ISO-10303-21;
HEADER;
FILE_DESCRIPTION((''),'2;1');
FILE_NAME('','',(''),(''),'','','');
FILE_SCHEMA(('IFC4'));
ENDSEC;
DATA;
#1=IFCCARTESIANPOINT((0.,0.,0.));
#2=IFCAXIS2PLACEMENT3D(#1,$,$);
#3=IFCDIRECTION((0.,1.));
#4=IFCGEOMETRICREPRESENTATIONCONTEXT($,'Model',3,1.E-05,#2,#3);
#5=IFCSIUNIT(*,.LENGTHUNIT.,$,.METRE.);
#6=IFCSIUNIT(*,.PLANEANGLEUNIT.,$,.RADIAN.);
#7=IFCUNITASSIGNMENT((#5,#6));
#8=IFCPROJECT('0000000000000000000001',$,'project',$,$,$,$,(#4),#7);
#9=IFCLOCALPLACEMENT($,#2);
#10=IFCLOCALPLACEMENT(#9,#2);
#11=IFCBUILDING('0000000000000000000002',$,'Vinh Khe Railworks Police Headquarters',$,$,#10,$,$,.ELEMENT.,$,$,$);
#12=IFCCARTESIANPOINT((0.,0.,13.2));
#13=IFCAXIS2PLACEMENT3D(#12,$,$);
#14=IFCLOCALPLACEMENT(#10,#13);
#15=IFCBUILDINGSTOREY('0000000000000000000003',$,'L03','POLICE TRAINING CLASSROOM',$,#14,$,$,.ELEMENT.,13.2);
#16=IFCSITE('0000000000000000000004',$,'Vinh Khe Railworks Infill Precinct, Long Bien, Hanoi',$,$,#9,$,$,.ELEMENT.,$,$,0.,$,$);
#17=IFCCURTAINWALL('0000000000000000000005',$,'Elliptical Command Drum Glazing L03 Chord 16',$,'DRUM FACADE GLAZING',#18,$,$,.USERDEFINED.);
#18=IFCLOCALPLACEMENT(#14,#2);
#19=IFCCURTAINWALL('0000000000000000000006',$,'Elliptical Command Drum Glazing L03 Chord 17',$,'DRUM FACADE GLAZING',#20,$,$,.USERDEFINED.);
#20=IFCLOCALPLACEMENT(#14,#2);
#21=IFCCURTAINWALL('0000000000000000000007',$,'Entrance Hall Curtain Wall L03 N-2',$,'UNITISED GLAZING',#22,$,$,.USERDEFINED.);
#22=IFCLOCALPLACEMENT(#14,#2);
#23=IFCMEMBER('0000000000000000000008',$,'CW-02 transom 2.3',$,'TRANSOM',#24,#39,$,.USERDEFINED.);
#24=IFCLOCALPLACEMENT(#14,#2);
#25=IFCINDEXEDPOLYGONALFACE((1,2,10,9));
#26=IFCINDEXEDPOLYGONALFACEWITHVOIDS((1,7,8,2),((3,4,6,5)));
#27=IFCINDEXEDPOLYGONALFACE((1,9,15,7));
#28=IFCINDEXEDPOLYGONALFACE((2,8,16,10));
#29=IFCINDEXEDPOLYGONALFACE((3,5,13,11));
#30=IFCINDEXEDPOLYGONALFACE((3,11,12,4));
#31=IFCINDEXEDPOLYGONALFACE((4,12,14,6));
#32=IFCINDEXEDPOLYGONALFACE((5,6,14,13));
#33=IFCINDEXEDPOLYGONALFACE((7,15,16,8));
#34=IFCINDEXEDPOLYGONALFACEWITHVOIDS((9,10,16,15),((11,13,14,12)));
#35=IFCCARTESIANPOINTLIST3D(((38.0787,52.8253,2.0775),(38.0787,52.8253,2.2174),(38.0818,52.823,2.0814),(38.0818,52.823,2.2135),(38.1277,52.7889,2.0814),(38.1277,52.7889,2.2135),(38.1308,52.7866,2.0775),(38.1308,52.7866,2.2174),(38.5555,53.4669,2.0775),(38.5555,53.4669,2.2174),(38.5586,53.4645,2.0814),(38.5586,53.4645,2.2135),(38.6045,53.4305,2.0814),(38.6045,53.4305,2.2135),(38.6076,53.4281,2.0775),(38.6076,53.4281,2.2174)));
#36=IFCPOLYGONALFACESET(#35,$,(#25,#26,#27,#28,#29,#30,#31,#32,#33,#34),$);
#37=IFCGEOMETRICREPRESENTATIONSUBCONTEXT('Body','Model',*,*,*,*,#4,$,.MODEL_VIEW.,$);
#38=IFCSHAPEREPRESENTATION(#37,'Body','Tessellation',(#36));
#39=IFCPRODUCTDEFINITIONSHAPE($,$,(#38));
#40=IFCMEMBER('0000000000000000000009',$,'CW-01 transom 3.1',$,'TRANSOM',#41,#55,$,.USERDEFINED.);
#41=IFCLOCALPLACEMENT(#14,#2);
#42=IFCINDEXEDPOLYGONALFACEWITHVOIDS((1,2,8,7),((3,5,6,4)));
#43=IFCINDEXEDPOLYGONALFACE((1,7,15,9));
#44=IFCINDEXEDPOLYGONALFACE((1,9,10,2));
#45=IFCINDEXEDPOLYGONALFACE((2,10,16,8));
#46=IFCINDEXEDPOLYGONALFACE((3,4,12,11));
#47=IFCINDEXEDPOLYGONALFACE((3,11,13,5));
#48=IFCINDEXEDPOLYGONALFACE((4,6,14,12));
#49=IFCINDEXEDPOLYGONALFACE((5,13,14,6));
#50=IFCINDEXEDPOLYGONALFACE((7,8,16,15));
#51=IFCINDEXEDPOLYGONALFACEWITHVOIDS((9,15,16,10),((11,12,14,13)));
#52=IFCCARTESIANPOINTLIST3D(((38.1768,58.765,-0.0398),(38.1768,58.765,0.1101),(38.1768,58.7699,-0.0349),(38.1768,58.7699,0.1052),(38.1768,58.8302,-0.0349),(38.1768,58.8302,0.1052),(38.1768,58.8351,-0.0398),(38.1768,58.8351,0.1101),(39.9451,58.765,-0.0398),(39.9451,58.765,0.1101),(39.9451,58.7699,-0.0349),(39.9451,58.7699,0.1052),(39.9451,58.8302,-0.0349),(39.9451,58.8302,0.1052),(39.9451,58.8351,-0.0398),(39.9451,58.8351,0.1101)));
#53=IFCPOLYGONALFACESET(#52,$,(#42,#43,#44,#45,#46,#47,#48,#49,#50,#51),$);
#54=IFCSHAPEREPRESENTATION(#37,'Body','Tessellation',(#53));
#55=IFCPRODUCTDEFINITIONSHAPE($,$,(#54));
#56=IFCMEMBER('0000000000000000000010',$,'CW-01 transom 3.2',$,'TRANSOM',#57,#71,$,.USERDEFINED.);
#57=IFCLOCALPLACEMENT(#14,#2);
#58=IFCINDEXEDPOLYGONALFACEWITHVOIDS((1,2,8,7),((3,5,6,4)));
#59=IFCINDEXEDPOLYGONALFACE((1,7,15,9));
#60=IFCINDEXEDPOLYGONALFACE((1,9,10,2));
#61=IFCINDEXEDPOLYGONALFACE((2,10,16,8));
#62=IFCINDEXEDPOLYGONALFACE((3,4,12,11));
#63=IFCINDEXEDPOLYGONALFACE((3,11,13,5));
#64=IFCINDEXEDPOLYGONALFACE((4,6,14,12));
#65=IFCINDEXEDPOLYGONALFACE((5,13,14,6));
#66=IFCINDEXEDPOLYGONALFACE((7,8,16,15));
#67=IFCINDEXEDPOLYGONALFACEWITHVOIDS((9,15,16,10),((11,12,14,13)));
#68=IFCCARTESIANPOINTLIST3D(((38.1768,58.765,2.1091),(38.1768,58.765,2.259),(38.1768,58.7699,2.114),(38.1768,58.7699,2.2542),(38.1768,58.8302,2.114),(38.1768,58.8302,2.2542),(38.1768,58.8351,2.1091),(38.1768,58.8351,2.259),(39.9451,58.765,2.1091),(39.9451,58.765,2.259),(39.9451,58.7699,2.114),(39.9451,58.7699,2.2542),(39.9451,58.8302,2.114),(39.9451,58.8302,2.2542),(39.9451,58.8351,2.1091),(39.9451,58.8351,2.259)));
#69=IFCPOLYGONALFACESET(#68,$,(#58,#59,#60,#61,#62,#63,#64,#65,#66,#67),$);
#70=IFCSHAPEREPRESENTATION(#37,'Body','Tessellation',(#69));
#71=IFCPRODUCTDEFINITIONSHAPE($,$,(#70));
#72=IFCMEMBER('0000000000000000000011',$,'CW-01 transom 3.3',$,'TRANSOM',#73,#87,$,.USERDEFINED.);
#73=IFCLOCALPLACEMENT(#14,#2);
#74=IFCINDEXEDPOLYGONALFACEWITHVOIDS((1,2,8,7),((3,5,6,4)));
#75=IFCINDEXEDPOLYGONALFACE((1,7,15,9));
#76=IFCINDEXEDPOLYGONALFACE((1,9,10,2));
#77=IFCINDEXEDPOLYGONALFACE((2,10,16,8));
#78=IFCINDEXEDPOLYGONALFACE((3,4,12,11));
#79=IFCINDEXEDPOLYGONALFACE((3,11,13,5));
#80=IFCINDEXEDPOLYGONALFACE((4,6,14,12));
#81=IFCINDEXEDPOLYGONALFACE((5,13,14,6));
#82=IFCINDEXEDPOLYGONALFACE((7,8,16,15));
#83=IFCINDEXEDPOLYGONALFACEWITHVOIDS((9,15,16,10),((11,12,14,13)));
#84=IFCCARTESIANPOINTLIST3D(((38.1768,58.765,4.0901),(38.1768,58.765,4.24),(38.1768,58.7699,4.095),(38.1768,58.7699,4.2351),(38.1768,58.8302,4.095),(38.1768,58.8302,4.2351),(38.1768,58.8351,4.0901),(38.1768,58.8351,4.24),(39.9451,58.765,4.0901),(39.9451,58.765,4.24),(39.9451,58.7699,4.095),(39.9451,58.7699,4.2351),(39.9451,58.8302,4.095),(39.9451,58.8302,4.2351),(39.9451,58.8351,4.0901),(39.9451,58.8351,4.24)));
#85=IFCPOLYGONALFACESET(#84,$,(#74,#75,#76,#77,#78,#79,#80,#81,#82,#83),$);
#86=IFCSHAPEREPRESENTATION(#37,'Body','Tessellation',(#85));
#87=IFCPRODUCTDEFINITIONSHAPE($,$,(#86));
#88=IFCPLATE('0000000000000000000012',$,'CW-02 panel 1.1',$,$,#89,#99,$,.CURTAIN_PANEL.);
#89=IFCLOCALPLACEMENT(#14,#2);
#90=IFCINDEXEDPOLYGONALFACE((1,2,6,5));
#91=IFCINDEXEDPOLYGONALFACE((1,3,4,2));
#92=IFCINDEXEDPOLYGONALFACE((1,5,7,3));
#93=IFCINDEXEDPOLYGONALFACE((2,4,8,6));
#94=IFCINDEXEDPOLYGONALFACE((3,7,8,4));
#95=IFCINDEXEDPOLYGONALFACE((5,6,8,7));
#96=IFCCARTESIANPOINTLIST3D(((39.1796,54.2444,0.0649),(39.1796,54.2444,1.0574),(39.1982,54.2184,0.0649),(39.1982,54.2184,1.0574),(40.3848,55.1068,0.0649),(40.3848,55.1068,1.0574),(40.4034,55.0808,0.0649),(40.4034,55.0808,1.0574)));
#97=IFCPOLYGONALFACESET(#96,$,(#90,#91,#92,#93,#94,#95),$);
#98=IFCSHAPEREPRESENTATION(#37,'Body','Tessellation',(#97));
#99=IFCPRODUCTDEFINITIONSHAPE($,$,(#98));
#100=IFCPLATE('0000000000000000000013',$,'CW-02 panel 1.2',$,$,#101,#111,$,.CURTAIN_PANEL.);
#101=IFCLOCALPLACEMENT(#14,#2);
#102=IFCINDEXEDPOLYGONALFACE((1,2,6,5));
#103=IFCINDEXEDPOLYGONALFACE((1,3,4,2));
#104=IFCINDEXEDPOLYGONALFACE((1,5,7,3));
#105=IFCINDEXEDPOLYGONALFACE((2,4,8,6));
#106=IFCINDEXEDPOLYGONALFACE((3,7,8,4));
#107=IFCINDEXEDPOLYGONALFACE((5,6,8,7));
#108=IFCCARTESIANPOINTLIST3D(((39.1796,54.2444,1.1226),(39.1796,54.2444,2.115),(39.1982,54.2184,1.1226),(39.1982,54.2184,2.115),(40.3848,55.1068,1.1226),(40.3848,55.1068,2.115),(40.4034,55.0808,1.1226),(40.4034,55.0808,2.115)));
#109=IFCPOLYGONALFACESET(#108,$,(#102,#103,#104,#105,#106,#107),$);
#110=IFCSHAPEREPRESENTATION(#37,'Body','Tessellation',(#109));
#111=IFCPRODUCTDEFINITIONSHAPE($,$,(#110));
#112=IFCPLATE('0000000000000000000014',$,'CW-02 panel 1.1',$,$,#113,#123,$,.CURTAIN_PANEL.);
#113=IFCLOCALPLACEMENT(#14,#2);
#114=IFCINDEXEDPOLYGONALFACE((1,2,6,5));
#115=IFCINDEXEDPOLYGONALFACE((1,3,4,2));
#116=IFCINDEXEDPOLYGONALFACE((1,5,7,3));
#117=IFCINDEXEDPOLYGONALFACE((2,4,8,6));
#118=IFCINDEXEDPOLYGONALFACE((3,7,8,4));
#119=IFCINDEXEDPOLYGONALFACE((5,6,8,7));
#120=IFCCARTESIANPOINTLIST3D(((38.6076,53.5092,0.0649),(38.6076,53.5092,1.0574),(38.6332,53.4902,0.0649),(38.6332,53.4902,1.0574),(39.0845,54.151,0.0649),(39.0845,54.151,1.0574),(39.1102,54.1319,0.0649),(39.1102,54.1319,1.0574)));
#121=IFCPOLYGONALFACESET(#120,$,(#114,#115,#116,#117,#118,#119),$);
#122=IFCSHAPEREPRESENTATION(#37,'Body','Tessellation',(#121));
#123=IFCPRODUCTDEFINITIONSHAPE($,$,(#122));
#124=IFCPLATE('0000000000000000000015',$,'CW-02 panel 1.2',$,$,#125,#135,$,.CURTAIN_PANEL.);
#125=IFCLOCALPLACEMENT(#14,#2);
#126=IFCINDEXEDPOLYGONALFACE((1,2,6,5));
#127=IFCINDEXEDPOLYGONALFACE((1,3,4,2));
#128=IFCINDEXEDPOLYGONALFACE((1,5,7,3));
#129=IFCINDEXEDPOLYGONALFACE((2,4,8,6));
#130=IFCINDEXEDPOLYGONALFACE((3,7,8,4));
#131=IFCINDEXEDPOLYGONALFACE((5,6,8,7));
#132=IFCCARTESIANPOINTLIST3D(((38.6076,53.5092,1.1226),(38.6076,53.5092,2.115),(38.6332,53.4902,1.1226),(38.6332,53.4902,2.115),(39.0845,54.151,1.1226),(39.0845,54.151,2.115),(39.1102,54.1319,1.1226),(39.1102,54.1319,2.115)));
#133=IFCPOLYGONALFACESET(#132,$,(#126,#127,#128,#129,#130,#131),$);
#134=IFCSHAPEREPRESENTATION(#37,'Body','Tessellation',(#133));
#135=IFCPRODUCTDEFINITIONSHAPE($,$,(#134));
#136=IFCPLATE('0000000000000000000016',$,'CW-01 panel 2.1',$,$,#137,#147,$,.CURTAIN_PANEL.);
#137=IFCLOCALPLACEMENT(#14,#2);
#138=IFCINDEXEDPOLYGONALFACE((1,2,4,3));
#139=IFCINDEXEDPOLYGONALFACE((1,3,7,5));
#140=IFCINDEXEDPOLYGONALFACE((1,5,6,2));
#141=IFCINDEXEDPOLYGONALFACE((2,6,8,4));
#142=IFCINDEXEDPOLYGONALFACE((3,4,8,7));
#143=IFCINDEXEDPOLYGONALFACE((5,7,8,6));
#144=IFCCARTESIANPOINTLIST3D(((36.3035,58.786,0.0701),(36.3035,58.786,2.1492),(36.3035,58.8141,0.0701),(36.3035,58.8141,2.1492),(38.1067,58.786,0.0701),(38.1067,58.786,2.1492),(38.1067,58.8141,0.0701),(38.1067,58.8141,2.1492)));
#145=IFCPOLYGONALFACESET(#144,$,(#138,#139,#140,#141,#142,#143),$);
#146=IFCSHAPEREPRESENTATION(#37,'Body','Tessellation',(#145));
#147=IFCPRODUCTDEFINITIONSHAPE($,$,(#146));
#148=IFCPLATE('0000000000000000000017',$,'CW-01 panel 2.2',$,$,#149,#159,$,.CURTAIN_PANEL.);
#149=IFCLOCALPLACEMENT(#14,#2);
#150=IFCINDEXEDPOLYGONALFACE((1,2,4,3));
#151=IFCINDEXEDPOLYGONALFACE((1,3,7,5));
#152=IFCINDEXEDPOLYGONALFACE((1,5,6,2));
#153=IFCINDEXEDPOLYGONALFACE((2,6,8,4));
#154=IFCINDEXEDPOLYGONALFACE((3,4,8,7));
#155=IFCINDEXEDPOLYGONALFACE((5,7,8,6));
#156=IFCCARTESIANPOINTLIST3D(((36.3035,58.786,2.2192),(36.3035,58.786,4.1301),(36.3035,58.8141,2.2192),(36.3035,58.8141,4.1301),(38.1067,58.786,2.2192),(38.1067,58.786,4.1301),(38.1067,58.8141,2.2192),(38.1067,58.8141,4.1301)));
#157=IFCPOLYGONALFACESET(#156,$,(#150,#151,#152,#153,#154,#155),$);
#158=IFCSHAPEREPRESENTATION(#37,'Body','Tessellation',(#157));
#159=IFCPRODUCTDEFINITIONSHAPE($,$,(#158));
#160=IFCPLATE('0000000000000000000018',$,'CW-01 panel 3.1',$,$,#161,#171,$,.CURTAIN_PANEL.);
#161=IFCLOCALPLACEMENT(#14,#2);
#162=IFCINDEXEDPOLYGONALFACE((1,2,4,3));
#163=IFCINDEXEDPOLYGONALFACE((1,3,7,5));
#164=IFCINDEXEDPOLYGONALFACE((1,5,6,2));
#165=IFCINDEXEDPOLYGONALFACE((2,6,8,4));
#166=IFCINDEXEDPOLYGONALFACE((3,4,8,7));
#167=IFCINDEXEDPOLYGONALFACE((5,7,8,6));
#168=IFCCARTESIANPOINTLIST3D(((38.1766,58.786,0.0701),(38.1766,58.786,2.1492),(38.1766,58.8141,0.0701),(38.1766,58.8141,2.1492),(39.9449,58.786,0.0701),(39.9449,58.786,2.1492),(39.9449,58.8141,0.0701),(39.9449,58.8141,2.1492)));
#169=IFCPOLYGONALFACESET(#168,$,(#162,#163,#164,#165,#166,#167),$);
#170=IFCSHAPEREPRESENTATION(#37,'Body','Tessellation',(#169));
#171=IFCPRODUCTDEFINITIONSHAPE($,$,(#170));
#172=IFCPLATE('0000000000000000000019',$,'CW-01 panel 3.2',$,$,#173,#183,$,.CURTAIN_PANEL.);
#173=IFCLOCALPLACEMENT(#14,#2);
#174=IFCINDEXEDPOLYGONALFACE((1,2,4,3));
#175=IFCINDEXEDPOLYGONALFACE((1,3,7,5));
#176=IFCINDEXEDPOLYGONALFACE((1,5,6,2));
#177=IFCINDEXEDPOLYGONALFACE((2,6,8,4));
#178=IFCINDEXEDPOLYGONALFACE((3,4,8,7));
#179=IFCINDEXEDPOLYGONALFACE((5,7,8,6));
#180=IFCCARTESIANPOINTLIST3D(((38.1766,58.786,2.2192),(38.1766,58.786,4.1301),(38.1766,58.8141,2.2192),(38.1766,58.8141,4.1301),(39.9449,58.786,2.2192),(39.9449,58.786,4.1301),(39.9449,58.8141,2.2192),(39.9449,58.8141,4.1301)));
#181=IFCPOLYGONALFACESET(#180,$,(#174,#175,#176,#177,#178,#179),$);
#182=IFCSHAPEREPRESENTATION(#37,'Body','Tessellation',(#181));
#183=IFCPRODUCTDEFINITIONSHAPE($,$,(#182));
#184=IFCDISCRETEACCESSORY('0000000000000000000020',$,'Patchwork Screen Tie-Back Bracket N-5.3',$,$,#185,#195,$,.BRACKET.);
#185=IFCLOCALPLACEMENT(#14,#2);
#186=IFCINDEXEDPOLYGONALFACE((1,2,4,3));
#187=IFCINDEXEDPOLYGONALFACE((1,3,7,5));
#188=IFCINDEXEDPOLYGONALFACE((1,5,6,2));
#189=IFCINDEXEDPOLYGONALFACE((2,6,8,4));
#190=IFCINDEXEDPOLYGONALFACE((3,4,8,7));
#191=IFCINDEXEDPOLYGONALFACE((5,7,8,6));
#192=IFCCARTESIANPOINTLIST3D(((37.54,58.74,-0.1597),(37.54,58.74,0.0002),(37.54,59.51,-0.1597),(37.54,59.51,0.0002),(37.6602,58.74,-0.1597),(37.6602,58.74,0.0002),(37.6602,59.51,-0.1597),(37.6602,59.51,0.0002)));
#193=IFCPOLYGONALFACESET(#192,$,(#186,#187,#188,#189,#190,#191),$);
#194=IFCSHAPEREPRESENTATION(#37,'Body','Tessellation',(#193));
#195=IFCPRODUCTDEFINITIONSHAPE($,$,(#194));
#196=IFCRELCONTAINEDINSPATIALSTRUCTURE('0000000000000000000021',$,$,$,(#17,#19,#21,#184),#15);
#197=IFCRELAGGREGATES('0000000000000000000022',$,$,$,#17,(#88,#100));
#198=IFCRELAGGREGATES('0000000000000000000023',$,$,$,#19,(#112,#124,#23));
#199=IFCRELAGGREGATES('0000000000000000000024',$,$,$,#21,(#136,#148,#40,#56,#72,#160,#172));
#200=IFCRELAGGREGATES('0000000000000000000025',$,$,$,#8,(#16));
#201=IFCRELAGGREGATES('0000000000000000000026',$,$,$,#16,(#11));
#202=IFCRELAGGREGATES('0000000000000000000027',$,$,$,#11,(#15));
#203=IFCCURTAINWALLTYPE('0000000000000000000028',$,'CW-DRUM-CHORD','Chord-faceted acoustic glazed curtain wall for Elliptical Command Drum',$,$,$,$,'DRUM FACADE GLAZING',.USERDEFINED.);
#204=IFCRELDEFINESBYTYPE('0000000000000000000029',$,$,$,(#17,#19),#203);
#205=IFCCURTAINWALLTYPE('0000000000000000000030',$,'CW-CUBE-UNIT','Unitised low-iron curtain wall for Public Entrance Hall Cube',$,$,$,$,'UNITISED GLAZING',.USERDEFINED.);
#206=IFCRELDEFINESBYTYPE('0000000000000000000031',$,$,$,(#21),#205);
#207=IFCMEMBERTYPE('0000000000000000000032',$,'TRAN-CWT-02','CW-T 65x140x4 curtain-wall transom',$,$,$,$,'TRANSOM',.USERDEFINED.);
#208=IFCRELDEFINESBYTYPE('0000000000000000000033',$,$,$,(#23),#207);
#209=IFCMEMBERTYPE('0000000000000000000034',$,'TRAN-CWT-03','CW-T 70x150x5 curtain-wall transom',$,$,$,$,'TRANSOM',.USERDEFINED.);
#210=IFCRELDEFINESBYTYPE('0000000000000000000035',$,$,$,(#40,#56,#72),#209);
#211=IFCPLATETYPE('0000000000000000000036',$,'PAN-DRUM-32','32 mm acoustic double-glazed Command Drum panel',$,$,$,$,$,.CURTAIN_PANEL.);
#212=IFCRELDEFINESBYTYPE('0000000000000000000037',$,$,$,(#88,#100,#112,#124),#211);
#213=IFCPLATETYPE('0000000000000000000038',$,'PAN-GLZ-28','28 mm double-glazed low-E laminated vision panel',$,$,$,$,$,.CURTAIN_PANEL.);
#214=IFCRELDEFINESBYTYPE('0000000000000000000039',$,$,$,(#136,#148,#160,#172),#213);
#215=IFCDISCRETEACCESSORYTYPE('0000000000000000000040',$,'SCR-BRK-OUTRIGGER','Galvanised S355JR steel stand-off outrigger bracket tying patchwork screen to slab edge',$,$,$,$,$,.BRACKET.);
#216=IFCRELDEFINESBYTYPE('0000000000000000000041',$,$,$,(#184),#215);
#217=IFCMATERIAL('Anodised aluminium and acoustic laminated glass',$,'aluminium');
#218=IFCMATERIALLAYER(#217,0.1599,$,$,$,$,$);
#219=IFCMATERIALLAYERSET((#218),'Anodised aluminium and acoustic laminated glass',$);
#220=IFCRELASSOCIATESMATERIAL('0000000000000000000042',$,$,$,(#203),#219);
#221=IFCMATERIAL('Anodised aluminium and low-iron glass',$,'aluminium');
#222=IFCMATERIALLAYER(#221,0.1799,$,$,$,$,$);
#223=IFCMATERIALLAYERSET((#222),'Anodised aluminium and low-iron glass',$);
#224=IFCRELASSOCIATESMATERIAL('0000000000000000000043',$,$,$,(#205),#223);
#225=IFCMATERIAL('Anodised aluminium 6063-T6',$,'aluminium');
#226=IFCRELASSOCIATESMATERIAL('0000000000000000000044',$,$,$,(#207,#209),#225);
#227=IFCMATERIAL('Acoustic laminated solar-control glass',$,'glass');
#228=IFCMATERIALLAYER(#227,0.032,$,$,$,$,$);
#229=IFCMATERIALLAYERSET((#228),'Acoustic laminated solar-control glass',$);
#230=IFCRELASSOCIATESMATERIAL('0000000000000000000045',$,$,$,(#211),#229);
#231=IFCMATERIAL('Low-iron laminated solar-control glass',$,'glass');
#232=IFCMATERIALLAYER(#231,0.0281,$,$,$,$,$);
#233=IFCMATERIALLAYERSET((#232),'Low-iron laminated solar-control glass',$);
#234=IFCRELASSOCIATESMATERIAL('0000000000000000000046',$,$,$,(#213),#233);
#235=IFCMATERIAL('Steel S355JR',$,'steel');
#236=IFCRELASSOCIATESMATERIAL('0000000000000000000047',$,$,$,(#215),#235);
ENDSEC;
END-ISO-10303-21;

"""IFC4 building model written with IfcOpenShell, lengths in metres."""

from ifc_helpers import new_model, si_unit, direction, frame, origin, origin_2d, place, context, subcontext, project, spatial, rectangle, hollow_rectangle, extrude, material, layer, layer_set, material_profile, profile_set, type_object, element, aggregate, save


model = new_model("IFC4")

# Units and contexts
model_context = context("Model", 3, precision=1e-05, world=origin(), true_north=direction((0.0, 1.0)))
body_context = subcontext(model_context, "Body", "Model", "MODEL_VIEW")
ifc_project = project(units=[si_unit("LENGTHUNIT", "METRE"), si_unit("PLANEANGLEUNIT", "RADIAN")], contexts=[model_context])

# Site, building, storey
site_placement = place(None, origin())
site = spatial("IfcSite", under=ifc_project, at=site_placement, Name="Vinh Khe Railworks Infill Precinct, Long Bien, Hanoi", CompositionType="ELEMENT", RefElevation=0.0)
building_placement = place(site_placement, origin())
building = spatial("IfcBuilding", under=site, at=building_placement, Name="Vinh Khe Railworks Police Headquarters", CompositionType="ELEMENT")
storey_placement = place(building_placement, frame((0.0, 0.0, 13.2)))
storey = spatial("IfcBuildingStorey", under=building, at=storey_placement, Name="L03", Description="POLICE TRAINING CLASSROOM", CompositionType="ELEMENT", Elevation=13.2)

# Shared definitions
ifc_material_1 = material(Name="Steel S355JR", Category="steel")

# Curtain wall
ifc_material_2 = material(Name="Anodised aluminium and acoustic laminated glass", Category="aluminium")
ifc_layer_1 = layer(ifc_material_2, 0.1599)
ifc_layer_set_1 = layer_set([ifc_layer_1], Name="Anodised aluminium and acoustic laminated glass")
curtain_wall_type_1 = type_object("IfcCurtainWallType", Name="CW-DRUM-CHORD", Description="Chord-faceted acoustic glazed curtain wall for Elliptical Command Drum", ElementType="DRUM FACADE GLAZING", PredefinedType="USERDEFINED", material=ifc_layer_set_1)
curtain_wall_1_placement = place(storey_placement, origin())
curtain_wall_1 = element("IfcCurtainWall", 1, at=curtain_wall_1_placement, inside=storey, type_object=curtain_wall_type_1, Name="Elliptical Command Drum Glazing L03 Chord 16", ObjectType="DRUM FACADE GLAZING", PredefinedType="USERDEFINED")
ifc_material_3 = material(Name="Anodised aluminium 6063-T6", Category="aluminium")

# Curtain walls
curtain_wall_2_placement = place(storey_placement, origin())
curtain_wall_2 = element("IfcCurtainWall", 2, at=curtain_wall_2_placement, inside=storey, type_object=curtain_wall_type_1, Name="Elliptical Command Drum Glazing L03 Chord 17", ObjectType="DRUM FACADE GLAZING", PredefinedType="USERDEFINED")
ifc_material_4 = material(Name="Anodised aluminium and low-iron glass", Category="aluminium")
ifc_layer_2 = layer(ifc_material_4, 0.1799)
ifc_layer_set_2 = layer_set([ifc_layer_2], Name="Anodised aluminium and low-iron glass")
curtain_wall_type_2 = type_object("IfcCurtainWallType", Name="CW-CUBE-UNIT", Description="Unitised low-iron curtain wall for Public Entrance Hall Cube", ElementType="UNITISED GLAZING", PredefinedType="USERDEFINED", material=ifc_layer_set_2)
curtain_wall_3_placement = place(storey_placement, origin())
curtain_wall_3 = element("IfcCurtainWall", 3, at=curtain_wall_3_placement, inside=storey, type_object=curtain_wall_type_2, Name="Entrance Hall Curtain Wall L03 N-2", ObjectType="UNITISED GLAZING", PredefinedType="USERDEFINED")

# Members
ifc_material_profile_1 = material_profile(ifc_material_3, hollow_rectangle(XDim=0.0649, YDim=0.1399, WallThickness=0.0039, at=origin_2d()), Name="CW-T 65x140x4")
ifc_profile_set_1 = profile_set([ifc_material_profile_1], Name="Anodised aluminium 6063-T6")
member_type_1 = type_object("IfcMemberType", Name="TRAN-CWT-02", Description="CW-T 65x140x4 curtain-wall transom", ElementType="TRANSOM", PredefinedType="USERDEFINED", material=ifc_profile_set_1)
member_1_placement = place(storey_placement, frame((38.5815, 53.4475, 2.1475), z_axis=(-0.596476, -0.802631, 0.0), x_axis=(0.802631, -0.596476, 0.0)))
member_1 = element("IfcMember", 4, at=member_1_placement, type_object=member_type_1, Name="CW-02 transom 2.3", ObjectType="TRANSOM", PredefinedType="USERDEFINED", context=body_context, shape_type="SweptSolid", body=[
    extrude(hollow_rectangle(XDim=0.0649, YDim=0.1399, WallThickness=0.0039, at=origin_2d()), origin(), (0.0, 0.0, 1.0), 0.7993),
])
ifc_material_profile_2 = material_profile(ifc_material_3, hollow_rectangle(XDim=0.0701, YDim=0.1499, WallThickness=0.0049, at=origin_2d()), Name="CW-T 70x150x5")
ifc_profile_set_2 = profile_set([ifc_material_profile_2], Name="Anodised aluminium 6063-T6")
member_type_2 = type_object("IfcMemberType", Name="TRAN-CWT-03", Description="CW-T 70x150x5 curtain-wall transom", ElementType="TRANSOM", PredefinedType="USERDEFINED", material=ifc_profile_set_2)
member_2_placement = place(storey_placement, frame((38.1768, 58.8, 0.0352), z_axis=(1.0, 0.0, 0.0), x_axis=(0.0, 1.0, 0.0)))
member_2 = element("IfcMember", 5, at=member_2_placement, type_object=member_type_2, Name="CW-01 transom 3.1", ObjectType="TRANSOM", PredefinedType="USERDEFINED", context=body_context, shape_type="SweptSolid", body=[
    extrude(hollow_rectangle(XDim=0.0701, YDim=0.1499, WallThickness=0.0049, at=origin_2d()), origin(), (0.0, 0.0, 1.0), 1.7683),
])
member_3_placement = place(storey_placement, frame((38.1768, 58.8, 2.1841), z_axis=(1.0, 0.0, 0.0), x_axis=(0.0, 1.0, 0.0)))
member_3 = element("IfcMember", 6, at=member_3_placement, type_object=member_type_2, Name="CW-01 transom 3.2", ObjectType="TRANSOM", PredefinedType="USERDEFINED", context=body_context, shape_type="SweptSolid", body=[
    extrude(hollow_rectangle(XDim=0.0701, YDim=0.1499, WallThickness=0.0049, at=origin_2d()), origin(), (0.0, 0.0, 1.0), 1.7683),
])
member_4_placement = place(storey_placement, frame((38.1768, 58.8, 4.165), z_axis=(1.0, 0.0, 0.0), x_axis=(0.0, 1.0, 0.0)))
member_4 = element("IfcMember", 7, at=member_4_placement, type_object=member_type_2, Name="CW-01 transom 3.3", ObjectType="TRANSOM", PredefinedType="USERDEFINED", context=body_context, shape_type="SweptSolid", body=[
    extrude(hollow_rectangle(XDim=0.0701, YDim=0.1499, WallThickness=0.0049, at=origin_2d()), origin(), (0.0, 0.0, 1.0), 1.7683),
])

# Plates
ifc_material_5 = material(Name="Acoustic laminated solar-control glass", Category="glass")
ifc_layer_3 = layer(ifc_material_5, 0.032)
ifc_layer_set_3 = layer_set([ifc_layer_3], Name="Acoustic laminated solar-control glass")
plate_type_1 = type_object("IfcPlateType", Name="PAN-DRUM-32", Description="32 mm acoustic double-glazed Command Drum panel", PredefinedType="CURTAIN_PANEL", material=ifc_layer_set_3)
plate_1_placement = place(storey_placement, frame((39.7915, 54.6626, 0.0649), z_axis=(0.0, 0.0, 1.0), x_axis=(-0.81325, -0.581914, 0.0)))
plate_1 = element("IfcPlate", 8, at=plate_1_placement, type_object=plate_type_1, Name="CW-02 panel 1.1", PredefinedType="CURTAIN_PANEL", context=body_context, shape_type="SweptSolid", body=[
    extrude(rectangle(XDim=1.4819, YDim=0.032, at=origin_2d()), origin(), (0.0, 0.0, 1.0), 0.9924),
])
plate_2_placement = place(storey_placement, frame((39.7915, 54.6626, 1.1226), z_axis=(0.0, 0.0, 1.0), x_axis=(-0.81325, -0.581914, 0.0)))
plate_2 = element("IfcPlate", 9, at=plate_2_placement, type_object=plate_type_1, Name="CW-02 panel 1.2", PredefinedType="CURTAIN_PANEL", context=body_context, shape_type="SweptSolid", body=[
    extrude(rectangle(XDim=1.4819, YDim=0.032, at=origin_2d()), origin(), (0.0, 0.0, 1.0), 0.9924),
])
aggregate(curtain_wall_1, [plate_1, plate_2])
plate_3_placement = place(storey_placement, frame((38.8589, 53.8206, 0.0649), z_axis=(0.0, 0.0, 1.0), x_axis=(-0.596528, -0.802592, 0.0)))
plate_3 = element("IfcPlate", 10, at=plate_3_placement, type_object=plate_type_1, Name="CW-02 panel 1.1", PredefinedType="CURTAIN_PANEL", context=body_context, shape_type="SweptSolid", body=[
    extrude(rectangle(XDim=0.7996, YDim=0.032, at=origin_2d()), origin(), (0.0, 0.0, 1.0), 0.9924),
])
plate_4_placement = place(storey_placement, frame((38.8589, 53.8206, 1.1226), z_axis=(0.0, 0.0, 1.0), x_axis=(-0.596528, -0.802592, 0.0)))
plate_4 = element("IfcPlate", 11, at=plate_4_placement, type_object=plate_type_1, Name="CW-02 panel 1.2", PredefinedType="CURTAIN_PANEL", context=body_context, shape_type="SweptSolid", body=[
    extrude(rectangle(XDim=0.7996, YDim=0.032, at=origin_2d()), origin(), (0.0, 0.0, 1.0), 0.9924),
])
aggregate(curtain_wall_2, [plate_3, plate_4, member_1])
ifc_material_6 = material(Name="Low-iron laminated solar-control glass", Category="glass")
ifc_layer_4 = layer(ifc_material_6, 0.0281)
ifc_layer_set_4 = layer_set([ifc_layer_4], Name="Low-iron laminated solar-control glass")
plate_type_2 = type_object("IfcPlateType", Name="PAN-GLZ-28", Description="28 mm double-glazed low-E laminated vision panel", PredefinedType="CURTAIN_PANEL", material=ifc_layer_set_4)
plate_5_placement = place(storey_placement, frame((37.2051, 58.8, 0.0701), z_axis=(0.0, 0.0, 1.0), x_axis=(1.0, 0.0, 0.0)))
plate_5 = element("IfcPlate", 12, at=plate_5_placement, type_object=plate_type_2, Name="CW-01 panel 2.1", PredefinedType="CURTAIN_PANEL", context=body_context, shape_type="SweptSolid", body=[
    extrude(rectangle(XDim=1.8032, YDim=0.0281, at=origin_2d()), origin(), (0.0, 0.0, 1.0), 2.0791),
])
plate_6_placement = place(storey_placement, frame((37.2051, 58.8, 2.2192), z_axis=(0.0, 0.0, 1.0), x_axis=(1.0, 0.0, 0.0)))
plate_6 = element("IfcPlate", 13, at=plate_6_placement, type_object=plate_type_2, Name="CW-01 panel 2.2", PredefinedType="CURTAIN_PANEL", context=body_context, shape_type="SweptSolid", body=[
    extrude(rectangle(XDim=1.8032, YDim=0.0281, at=origin_2d()), origin(), (0.0, 0.0, 1.0), 1.9109),
])
plate_7_placement = place(storey_placement, frame((39.0608, 58.8, 0.0701), z_axis=(0.0, 0.0, 1.0), x_axis=(1.0, 0.0, 0.0)))
plate_7 = element("IfcPlate", 14, at=plate_7_placement, type_object=plate_type_2, Name="CW-01 panel 3.1", PredefinedType="CURTAIN_PANEL", context=body_context, shape_type="SweptSolid", body=[
    extrude(rectangle(XDim=1.7683, YDim=0.0281, at=origin_2d()), origin(), (0.0, 0.0, 1.0), 2.0791),
])
plate_8_placement = place(storey_placement, frame((39.0608, 58.8, 2.2192), z_axis=(0.0, 0.0, 1.0), x_axis=(1.0, 0.0, 0.0)))
plate_8 = element("IfcPlate", 15, at=plate_8_placement, type_object=plate_type_2, Name="CW-01 panel 3.2", PredefinedType="CURTAIN_PANEL", context=body_context, shape_type="SweptSolid", body=[
    extrude(rectangle(XDim=1.7683, YDim=0.0281, at=origin_2d()), origin(), (0.0, 0.0, 1.0), 1.9109),
])
aggregate(curtain_wall_3, [plate_5, plate_6, member_2, member_3, member_4, plate_7, plate_8])

# Discrete accessory
discrete_accessory_type = type_object("IfcDiscreteAccessoryType", Name="SCR-BRK-OUTRIGGER", Description="Galvanised S355JR steel stand-off outrigger bracket tying patchwork screen to slab edge", PredefinedType="BRACKET", material=ifc_material_1)
for number, where, z_axis, x_axis, name in (
    (16, (37.6001, 59.125, -0.1597), (0.0, 0.0, 1.0), (1.0, 0.0, 0.0), "Patchwork Screen Tie-Back Bracket N-5.3"),
):
    element("IfcDiscreteAccessory", number, at=place(storey_placement, frame(where, z_axis=z_axis, x_axis=x_axis)), inside=storey, type_object=discrete_accessory_type, Name=name, PredefinedType="BRACKET", context=body_context, shape_type="SweptSolid", body=[
        extrude(rectangle(XDim=0.1201, YDim=0.77, at=origin_2d()), origin(), (0.0, 0.0, 1.0), 0.1599),
    ])

save(model, "model.ifc")
